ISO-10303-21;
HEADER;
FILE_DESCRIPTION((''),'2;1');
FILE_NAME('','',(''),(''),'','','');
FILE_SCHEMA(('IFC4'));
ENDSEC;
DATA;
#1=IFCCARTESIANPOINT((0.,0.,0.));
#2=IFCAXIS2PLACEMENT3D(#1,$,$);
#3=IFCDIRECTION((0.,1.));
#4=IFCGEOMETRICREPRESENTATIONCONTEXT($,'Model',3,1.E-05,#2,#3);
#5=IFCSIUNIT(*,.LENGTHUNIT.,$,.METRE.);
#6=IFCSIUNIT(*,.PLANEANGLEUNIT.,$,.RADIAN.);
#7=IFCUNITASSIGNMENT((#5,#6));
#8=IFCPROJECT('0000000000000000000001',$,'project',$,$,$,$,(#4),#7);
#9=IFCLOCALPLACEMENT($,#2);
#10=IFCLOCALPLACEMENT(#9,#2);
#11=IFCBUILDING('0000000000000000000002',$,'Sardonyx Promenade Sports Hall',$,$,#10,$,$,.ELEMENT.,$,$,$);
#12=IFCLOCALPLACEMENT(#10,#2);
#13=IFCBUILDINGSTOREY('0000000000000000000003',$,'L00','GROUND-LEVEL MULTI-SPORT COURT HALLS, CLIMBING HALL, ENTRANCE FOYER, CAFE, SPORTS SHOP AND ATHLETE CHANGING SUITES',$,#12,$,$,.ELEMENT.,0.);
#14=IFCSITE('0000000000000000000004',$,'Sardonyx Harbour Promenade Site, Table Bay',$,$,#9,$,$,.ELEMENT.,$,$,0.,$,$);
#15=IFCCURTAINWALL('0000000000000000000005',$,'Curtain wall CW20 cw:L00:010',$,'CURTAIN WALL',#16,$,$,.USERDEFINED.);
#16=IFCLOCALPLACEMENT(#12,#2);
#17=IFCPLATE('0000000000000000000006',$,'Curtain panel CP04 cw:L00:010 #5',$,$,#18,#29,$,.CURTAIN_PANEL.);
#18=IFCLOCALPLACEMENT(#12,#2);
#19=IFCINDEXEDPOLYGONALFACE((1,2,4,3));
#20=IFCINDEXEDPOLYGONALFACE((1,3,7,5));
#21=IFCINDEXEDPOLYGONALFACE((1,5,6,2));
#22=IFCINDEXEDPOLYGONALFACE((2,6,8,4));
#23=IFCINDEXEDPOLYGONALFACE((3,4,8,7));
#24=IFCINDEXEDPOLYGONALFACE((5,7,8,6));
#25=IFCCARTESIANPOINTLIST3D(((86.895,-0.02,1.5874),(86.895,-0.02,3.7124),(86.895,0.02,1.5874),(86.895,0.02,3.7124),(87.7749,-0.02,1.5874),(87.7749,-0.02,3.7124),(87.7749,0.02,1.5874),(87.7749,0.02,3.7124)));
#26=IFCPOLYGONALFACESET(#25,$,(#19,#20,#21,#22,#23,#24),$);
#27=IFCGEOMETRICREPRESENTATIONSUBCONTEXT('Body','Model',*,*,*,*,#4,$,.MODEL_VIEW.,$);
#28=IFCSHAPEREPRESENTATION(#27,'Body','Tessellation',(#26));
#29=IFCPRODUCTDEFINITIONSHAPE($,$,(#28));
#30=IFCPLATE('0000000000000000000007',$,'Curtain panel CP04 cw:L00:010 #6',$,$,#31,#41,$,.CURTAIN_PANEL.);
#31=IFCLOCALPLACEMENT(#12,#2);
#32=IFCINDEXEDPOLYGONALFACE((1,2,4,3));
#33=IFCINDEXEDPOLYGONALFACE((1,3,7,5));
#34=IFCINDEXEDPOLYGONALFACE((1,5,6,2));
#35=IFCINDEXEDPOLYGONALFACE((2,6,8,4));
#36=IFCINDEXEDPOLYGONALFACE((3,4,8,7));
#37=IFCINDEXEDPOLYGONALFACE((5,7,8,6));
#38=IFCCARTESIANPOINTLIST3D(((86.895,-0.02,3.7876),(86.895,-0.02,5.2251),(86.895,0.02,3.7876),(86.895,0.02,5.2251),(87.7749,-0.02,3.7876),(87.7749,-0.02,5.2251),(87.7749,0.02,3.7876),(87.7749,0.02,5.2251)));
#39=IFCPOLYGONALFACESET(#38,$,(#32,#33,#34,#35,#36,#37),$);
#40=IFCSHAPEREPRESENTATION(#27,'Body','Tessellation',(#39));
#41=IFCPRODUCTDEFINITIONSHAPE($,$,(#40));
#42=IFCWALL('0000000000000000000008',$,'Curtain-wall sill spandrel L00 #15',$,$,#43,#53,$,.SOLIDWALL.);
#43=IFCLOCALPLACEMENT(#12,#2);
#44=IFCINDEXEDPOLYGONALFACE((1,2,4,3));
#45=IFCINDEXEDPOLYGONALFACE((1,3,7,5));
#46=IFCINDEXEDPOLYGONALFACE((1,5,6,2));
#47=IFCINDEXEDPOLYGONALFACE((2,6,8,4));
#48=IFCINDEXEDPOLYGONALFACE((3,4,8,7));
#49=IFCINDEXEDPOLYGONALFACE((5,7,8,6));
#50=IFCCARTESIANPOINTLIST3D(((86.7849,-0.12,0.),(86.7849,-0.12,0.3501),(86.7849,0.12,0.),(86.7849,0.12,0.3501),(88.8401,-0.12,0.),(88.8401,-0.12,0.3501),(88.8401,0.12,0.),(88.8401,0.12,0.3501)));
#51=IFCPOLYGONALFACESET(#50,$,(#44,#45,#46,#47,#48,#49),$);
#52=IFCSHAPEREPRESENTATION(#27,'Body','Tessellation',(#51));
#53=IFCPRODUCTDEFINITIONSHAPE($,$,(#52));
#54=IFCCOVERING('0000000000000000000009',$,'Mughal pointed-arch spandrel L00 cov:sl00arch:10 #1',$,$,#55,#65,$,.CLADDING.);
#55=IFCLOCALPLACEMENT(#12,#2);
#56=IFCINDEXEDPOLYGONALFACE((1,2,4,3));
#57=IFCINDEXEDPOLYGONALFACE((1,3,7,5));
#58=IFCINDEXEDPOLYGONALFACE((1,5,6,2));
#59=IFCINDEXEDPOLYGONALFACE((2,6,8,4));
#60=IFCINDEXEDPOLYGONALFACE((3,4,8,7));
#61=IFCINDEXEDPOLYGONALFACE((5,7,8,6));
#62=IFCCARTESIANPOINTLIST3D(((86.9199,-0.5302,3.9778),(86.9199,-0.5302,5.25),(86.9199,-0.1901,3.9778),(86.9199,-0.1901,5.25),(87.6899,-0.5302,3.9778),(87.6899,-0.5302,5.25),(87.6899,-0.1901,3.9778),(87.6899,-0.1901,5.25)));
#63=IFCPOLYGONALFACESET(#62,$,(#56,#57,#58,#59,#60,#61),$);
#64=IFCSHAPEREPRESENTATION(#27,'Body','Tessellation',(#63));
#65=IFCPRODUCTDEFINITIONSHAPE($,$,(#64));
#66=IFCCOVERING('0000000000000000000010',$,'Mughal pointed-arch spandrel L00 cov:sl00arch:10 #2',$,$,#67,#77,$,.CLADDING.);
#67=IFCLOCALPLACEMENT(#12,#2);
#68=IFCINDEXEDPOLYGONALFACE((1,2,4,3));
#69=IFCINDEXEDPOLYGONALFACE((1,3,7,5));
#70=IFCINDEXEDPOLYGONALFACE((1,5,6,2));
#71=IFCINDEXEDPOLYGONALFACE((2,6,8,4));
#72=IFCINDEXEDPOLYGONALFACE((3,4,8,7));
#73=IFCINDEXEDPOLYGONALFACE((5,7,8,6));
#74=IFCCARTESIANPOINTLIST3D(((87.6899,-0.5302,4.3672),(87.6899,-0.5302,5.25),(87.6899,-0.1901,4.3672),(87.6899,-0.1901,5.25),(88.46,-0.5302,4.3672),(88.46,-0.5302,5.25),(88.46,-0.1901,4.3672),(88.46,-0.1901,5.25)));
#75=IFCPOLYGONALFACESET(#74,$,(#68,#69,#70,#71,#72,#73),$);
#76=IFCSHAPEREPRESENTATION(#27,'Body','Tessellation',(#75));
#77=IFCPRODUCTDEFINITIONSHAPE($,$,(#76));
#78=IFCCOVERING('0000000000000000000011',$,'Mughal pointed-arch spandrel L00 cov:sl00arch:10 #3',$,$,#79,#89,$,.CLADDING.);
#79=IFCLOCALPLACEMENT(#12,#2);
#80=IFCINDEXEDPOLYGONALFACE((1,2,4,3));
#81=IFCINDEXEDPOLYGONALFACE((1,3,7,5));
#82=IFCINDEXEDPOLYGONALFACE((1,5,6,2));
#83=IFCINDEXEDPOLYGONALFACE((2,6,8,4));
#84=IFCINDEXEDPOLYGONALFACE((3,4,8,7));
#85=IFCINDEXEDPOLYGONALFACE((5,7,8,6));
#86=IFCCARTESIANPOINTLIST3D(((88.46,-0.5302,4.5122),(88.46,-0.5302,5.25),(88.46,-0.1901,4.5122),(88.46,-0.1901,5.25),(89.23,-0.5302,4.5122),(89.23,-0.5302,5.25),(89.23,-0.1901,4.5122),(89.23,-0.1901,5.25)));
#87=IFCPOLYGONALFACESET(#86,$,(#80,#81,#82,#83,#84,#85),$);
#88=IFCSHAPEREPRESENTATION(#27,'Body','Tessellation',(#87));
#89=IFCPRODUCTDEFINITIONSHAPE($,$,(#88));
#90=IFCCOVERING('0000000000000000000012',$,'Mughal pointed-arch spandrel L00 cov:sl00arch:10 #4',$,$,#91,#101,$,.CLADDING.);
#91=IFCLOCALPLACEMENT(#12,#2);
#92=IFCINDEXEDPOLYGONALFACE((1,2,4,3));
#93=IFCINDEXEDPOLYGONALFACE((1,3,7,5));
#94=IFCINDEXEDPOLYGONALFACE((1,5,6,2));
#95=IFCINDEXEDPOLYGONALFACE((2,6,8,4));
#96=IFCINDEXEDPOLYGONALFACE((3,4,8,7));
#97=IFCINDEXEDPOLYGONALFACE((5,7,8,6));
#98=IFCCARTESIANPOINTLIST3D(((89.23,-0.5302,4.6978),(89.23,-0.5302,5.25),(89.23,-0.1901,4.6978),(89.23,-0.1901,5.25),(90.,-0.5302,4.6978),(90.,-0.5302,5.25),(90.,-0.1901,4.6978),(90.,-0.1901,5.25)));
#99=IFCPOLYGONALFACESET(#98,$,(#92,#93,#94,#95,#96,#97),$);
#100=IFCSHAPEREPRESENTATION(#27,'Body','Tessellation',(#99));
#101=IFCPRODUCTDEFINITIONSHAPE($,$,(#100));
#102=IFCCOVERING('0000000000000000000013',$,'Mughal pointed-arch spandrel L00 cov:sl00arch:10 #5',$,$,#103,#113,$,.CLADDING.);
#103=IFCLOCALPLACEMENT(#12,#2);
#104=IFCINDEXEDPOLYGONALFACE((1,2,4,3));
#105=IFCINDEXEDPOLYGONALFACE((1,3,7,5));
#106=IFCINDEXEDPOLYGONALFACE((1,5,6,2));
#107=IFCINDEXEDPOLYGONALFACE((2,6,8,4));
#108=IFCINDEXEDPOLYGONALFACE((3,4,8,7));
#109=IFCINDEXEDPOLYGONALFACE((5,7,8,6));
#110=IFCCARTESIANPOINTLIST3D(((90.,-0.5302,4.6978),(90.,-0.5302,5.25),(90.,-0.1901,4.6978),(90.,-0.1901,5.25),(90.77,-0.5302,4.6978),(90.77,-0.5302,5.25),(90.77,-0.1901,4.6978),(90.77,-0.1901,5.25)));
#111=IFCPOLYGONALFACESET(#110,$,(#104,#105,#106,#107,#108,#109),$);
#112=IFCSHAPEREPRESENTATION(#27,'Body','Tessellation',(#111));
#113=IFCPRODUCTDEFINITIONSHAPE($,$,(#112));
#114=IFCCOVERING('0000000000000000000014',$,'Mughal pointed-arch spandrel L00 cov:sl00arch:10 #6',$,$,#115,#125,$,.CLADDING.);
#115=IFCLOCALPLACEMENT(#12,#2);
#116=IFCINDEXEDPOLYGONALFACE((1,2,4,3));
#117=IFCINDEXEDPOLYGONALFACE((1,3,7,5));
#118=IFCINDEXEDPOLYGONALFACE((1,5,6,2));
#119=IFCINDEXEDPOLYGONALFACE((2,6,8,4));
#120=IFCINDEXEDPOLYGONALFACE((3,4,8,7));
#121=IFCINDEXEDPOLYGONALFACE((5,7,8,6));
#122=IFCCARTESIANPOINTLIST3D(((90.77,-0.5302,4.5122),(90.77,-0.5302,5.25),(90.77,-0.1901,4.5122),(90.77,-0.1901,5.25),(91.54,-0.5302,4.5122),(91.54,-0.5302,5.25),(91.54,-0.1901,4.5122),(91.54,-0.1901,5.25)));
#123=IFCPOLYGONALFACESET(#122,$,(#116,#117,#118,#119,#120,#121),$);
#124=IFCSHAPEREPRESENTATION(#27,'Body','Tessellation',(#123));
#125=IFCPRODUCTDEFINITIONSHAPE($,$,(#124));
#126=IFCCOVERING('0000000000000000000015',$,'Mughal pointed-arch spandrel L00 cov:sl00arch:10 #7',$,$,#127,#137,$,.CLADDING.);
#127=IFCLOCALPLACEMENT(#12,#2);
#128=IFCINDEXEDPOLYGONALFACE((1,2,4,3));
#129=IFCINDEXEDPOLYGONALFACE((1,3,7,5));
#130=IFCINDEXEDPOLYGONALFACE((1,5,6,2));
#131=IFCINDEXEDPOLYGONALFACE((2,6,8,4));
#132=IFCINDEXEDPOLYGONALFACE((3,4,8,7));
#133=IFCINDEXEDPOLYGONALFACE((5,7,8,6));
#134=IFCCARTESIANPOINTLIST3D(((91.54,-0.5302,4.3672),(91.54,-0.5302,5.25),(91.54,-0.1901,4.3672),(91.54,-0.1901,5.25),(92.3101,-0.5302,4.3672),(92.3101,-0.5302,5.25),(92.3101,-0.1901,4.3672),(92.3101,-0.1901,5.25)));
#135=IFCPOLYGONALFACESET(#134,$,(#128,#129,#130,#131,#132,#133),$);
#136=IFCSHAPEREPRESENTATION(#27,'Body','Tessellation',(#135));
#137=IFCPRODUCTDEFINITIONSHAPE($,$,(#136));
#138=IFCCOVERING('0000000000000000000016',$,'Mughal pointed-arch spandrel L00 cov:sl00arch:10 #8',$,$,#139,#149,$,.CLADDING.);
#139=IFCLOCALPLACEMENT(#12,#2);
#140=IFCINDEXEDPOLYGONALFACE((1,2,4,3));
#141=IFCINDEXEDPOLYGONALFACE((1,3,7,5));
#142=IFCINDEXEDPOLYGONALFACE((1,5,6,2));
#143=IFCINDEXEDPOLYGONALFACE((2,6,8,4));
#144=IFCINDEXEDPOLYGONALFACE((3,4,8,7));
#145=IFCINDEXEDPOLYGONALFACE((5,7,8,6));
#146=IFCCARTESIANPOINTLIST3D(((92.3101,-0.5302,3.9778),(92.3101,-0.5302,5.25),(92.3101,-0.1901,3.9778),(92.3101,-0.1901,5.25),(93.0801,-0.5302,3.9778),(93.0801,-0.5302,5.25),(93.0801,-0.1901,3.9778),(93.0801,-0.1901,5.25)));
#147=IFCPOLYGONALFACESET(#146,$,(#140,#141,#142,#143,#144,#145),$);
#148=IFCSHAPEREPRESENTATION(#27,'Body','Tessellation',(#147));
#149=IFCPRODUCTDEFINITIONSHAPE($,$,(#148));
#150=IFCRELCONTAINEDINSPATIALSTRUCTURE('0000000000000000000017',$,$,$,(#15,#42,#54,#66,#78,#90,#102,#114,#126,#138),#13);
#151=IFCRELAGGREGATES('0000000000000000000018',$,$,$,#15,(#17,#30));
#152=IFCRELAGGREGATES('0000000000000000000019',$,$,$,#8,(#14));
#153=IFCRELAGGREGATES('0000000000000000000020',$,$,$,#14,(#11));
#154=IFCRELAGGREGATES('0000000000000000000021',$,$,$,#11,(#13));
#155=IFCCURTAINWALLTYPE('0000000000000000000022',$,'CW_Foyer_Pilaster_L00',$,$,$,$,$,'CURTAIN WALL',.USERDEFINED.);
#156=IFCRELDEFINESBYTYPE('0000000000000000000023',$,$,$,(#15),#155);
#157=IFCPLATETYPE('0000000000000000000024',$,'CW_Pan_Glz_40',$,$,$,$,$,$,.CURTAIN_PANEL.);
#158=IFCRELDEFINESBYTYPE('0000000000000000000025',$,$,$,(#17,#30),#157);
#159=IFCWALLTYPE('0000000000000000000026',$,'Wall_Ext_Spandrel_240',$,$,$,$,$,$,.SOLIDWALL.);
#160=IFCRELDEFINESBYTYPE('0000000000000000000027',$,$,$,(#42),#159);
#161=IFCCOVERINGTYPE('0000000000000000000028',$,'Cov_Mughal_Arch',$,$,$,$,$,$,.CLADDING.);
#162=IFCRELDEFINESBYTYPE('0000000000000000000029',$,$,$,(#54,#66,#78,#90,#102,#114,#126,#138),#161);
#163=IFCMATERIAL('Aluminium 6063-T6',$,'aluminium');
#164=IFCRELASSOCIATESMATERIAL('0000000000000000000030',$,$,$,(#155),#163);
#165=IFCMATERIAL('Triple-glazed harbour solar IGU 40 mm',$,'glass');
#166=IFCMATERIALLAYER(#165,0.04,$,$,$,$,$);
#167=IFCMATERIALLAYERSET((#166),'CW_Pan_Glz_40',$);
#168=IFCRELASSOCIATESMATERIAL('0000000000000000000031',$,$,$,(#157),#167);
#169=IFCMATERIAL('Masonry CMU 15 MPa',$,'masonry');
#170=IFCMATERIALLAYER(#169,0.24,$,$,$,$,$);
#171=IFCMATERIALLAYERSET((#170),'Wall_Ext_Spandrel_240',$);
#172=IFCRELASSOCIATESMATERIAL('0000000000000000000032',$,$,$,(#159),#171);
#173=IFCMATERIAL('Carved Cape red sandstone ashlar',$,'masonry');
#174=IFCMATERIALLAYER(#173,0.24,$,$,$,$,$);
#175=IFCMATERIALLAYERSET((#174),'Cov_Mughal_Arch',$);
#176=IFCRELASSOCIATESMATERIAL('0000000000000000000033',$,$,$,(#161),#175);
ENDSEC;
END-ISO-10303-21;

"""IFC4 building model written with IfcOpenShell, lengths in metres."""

from ifc_helpers import new_model, si_unit, direction, frame, frame_2d, origin, origin_2d, place, context, subcontext, project, spatial, rectangle, extrude, material, layer, layer_set, type_object, element, aggregate, save


model = new_model("IFC4")

# Units and contexts
model_context = context("Model", 3, precision=1e-05, world=origin(), true_north=direction((0.0, 1.0)))
body_context = subcontext(model_context, "Body", "Model", "MODEL_VIEW")
ifc_project = project(units=[si_unit("LENGTHUNIT", "METRE"), si_unit("PLANEANGLEUNIT", "RADIAN")], contexts=[model_context])

# Site, building, storey
site_placement = place(None, origin())
site = spatial("IfcSite", under=ifc_project, at=site_placement, Name="Sardonyx Harbour Promenade Site, Table Bay", CompositionType="ELEMENT", RefElevation=0.0)
building_placement = place(site_placement, origin())
building = spatial("IfcBuilding", under=site, at=building_placement, Name="Sardonyx Promenade Sports Hall", CompositionType="ELEMENT")
storey_placement = place(building_placement, origin())
storey = spatial("IfcBuildingStorey", under=building, at=storey_placement, Name="L00", Description="GROUND-LEVEL MULTI-SPORT COURT HALLS, CLIMBING HALL, ENTRANCE FOYER, CAFE, SPORTS SHOP AND ATHLETE CHANGING SUITES", CompositionType="ELEMENT", Elevation=0.0)

# Curtain wall, plates
ifc_material_1 = material(Name="Aluminium 6063-T6", Category="aluminium")
curtain_wall_type = type_object("IfcCurtainWallType", Name="CW_Foyer_Pilaster_L00", ElementType="CURTAIN WALL", PredefinedType="USERDEFINED", material=ifc_material_1)
curtain_wall_placement = place(storey_placement, origin())
curtain_wall = element("IfcCurtainWall", 1, at=curtain_wall_placement, inside=storey, type_object=curtain_wall_type, Name="Curtain wall CW20 cw:L00:010", ObjectType="CURTAIN WALL", PredefinedType="USERDEFINED")
ifc_material_2 = material(Name="Triple-glazed harbour solar IGU 40 mm", Category="glass")
ifc_layer_1 = layer(ifc_material_2, 0.04)
ifc_layer_set_1 = layer_set([ifc_layer_1], Name="CW_Pan_Glz_40")
plate_type = type_object("IfcPlateType", Name="CW_Pan_Glz_40", PredefinedType="CURTAIN_PANEL", material=ifc_layer_set_1)
plate_1_placement = place(storey_placement, frame((87.335, 0.0, 1.5874), z_axis=(0.0, 0.0, 1.0), x_axis=(-1.0, 0.0, 0.0)))
plate_1 = element("IfcPlate", 2, at=plate_1_placement, type_object=plate_type, Name="Curtain panel CP04 cw:L00:010 #5", PredefinedType="CURTAIN_PANEL", context=body_context, shape_type="SweptSolid", body=[
    extrude(rectangle(XDim=0.8799, YDim=0.04, at=origin_2d()), origin(), (0.0, 0.0, 1.0), 2.125),
])
plate_2_placement = place(storey_placement, frame((87.335, 0.0, 3.7876), z_axis=(0.0, 0.0, 1.0), x_axis=(-1.0, 0.0, 0.0)))
plate_2 = element("IfcPlate", 3, at=plate_2_placement, type_object=plate_type, Name="Curtain panel CP04 cw:L00:010 #6", PredefinedType="CURTAIN_PANEL", context=body_context, shape_type="SweptSolid", body=[
    extrude(rectangle(XDim=0.8799, YDim=0.04, at=origin_2d()), origin(), (0.0, 0.0, 1.0), 1.4375),
])
aggregate(curtain_wall, [plate_1, plate_2])

# Wall
ifc_material_3 = material(Name="Masonry CMU 15 MPa", Category="masonry")
ifc_layer_2 = layer(ifc_material_3, 0.24)
ifc_layer_set_2 = layer_set([ifc_layer_2], Name="Wall_Ext_Spandrel_240")
wall_type = type_object("IfcWallType", Name="Wall_Ext_Spandrel_240", PredefinedType="SOLIDWALL", material=ifc_layer_set_2)
wall_placement = place(storey_placement, frame((88.8401, 0.0, 0.0), z_axis=(0.0, 0.0, 1.0), x_axis=(-1.0, 0.0, 0.0)))
element("IfcWall", 4, at=wall_placement, inside=storey, type_object=wall_type, Name="Curtain-wall sill spandrel L00 #15", PredefinedType="SOLIDWALL", context=body_context, shape_type="SweptSolid", body=[
    extrude(rectangle(XDim=2.0552, YDim=0.24, at=frame_2d((1.0276, 0.0))), origin(), (0.0, 0.0, 1.0), 0.3501),
])

# Coverings
ifc_material_4 = material(Name="Carved Cape red sandstone ashlar", Category="masonry")
ifc_layer_3 = layer(ifc_material_4, 0.24)
ifc_layer_set_3 = layer_set([ifc_layer_3], Name="Cov_Mughal_Arch")
covering_type = type_object("IfcCoveringType", Name="Cov_Mughal_Arch", PredefinedType="CLADDING", material=ifc_layer_set_3)
covering_1_placement = place(storey_placement, frame((86.9199, -0.3601, 3.9778), z_axis=(0.0, 0.0, 1.0), x_axis=(1.0, 0.0, 0.0)))
element("IfcCovering", 5, at=covering_1_placement, inside=storey, type_object=covering_type, Name="Mughal pointed-arch spandrel L00 cov:sl00arch:10 #1", PredefinedType="CLADDING", context=body_context, shape_type="SweptSolid", body=[
    extrude(rectangle(XDim=0.77, YDim=0.3401, at=frame_2d((0.385, 0.0))), origin(), (0.0, 0.0, 1.0), 1.2722),
])
covering_2_placement = place(storey_placement, frame((87.6899, -0.3601, 4.3672), z_axis=(0.0, 0.0, 1.0), x_axis=(1.0, 0.0, 0.0)))
element("IfcCovering", 6, at=covering_2_placement, inside=storey, type_object=covering_type, Name="Mughal pointed-arch spandrel L00 cov:sl00arch:10 #2", PredefinedType="CLADDING", context=body_context, shape_type="SweptSolid", body=[
    extrude(rectangle(XDim=0.77, YDim=0.3401, at=frame_2d((0.385, 0.0))), origin(), (0.0, 0.0, 1.0), 0.8828),
])
covering_3_placement = place(storey_placement, frame((88.46, -0.3601, 4.5122), z_axis=(0.0, 0.0, 1.0), x_axis=(1.0, 0.0, 0.0)))
element("IfcCovering", 7, at=covering_3_placement, inside=storey, type_object=covering_type, Name="Mughal pointed-arch spandrel L00 cov:sl00arch:10 #3", PredefinedType="CLADDING", context=body_context, shape_type="SweptSolid", body=[
    extrude(rectangle(XDim=0.77, YDim=0.3401, at=frame_2d((0.385, 0.0))), origin(), (0.0, 0.0, 1.0), 0.7378),
])
for number, where, z_axis, x_axis, name in (
    (8, (89.23, -0.3601, 4.6978), (0.0, 0.0, 1.0), (1.0, 0.0, 0.0), "Mughal pointed-arch spandrel L00 cov:sl00arch:10 #4"),
    (9, (90.0, -0.3601, 4.6978), (0.0, 0.0, 1.0), (1.0, 0.0, 0.0), "Mughal pointed-arch spandrel L00 cov:sl00arch:10 #5"),
):
    element("IfcCovering", number, at=place(storey_placement, frame(where, z_axis=z_axis, x_axis=x_axis)), inside=storey, type_object=covering_type, Name=name, PredefinedType="CLADDING", context=body_context, shape_type="SweptSolid", body=[
        extrude(rectangle(XDim=0.77, YDim=0.3401, at=frame_2d((0.385, 0.0))), origin(), (0.0, 0.0, 1.0), 0.5522),
    ])
covering_4_placement = place(storey_placement, frame((90.77, -0.3601, 4.5122), z_axis=(0.0, 0.0, 1.0), x_axis=(1.0, 0.0, 0.0)))
element("IfcCovering", 10, at=covering_4_placement, inside=storey, type_object=covering_type, Name="Mughal pointed-arch spandrel L00 cov:sl00arch:10 #6", PredefinedType="CLADDING", context=body_context, shape_type="SweptSolid", body=[
    extrude(rectangle(XDim=0.77, YDim=0.3401, at=frame_2d((0.385, 0.0))), origin(), (0.0, 0.0, 1.0), 0.7378),
])
covering_5_placement = place(storey_placement, frame((91.54, -0.3601, 4.3672), z_axis=(0.0, 0.0, 1.0), x_axis=(1.0, 0.0, 0.0)))
element("IfcCovering", 11, at=covering_5_placement, inside=storey, type_object=covering_type, Name="Mughal pointed-arch spandrel L00 cov:sl00arch:10 #7", PredefinedType="CLADDING", context=body_context, shape_type="SweptSolid", body=[
    extrude(rectangle(XDim=0.77, YDim=0.3401, at=frame_2d((0.385, 0.0))), origin(), (0.0, 0.0, 1.0), 0.8828),
])
covering_6_placement = place(storey_placement, frame((92.3101, -0.3601, 3.9778), z_axis=(0.0, 0.0, 1.0), x_axis=(1.0, 0.0, 0.0)))
element("IfcCovering", 12, at=covering_6_placement, inside=storey, type_object=covering_type, Name="Mughal pointed-arch spandrel L00 cov:sl00arch:10 #8", PredefinedType="CLADDING", context=body_context, shape_type="SweptSolid", body=[
    extrude(rectangle(XDim=0.77, YDim=0.3401, at=frame_2d((0.385, 0.0))), origin(), (0.0, 0.0, 1.0), 1.2722),
])

save(model, "model.ifc")
